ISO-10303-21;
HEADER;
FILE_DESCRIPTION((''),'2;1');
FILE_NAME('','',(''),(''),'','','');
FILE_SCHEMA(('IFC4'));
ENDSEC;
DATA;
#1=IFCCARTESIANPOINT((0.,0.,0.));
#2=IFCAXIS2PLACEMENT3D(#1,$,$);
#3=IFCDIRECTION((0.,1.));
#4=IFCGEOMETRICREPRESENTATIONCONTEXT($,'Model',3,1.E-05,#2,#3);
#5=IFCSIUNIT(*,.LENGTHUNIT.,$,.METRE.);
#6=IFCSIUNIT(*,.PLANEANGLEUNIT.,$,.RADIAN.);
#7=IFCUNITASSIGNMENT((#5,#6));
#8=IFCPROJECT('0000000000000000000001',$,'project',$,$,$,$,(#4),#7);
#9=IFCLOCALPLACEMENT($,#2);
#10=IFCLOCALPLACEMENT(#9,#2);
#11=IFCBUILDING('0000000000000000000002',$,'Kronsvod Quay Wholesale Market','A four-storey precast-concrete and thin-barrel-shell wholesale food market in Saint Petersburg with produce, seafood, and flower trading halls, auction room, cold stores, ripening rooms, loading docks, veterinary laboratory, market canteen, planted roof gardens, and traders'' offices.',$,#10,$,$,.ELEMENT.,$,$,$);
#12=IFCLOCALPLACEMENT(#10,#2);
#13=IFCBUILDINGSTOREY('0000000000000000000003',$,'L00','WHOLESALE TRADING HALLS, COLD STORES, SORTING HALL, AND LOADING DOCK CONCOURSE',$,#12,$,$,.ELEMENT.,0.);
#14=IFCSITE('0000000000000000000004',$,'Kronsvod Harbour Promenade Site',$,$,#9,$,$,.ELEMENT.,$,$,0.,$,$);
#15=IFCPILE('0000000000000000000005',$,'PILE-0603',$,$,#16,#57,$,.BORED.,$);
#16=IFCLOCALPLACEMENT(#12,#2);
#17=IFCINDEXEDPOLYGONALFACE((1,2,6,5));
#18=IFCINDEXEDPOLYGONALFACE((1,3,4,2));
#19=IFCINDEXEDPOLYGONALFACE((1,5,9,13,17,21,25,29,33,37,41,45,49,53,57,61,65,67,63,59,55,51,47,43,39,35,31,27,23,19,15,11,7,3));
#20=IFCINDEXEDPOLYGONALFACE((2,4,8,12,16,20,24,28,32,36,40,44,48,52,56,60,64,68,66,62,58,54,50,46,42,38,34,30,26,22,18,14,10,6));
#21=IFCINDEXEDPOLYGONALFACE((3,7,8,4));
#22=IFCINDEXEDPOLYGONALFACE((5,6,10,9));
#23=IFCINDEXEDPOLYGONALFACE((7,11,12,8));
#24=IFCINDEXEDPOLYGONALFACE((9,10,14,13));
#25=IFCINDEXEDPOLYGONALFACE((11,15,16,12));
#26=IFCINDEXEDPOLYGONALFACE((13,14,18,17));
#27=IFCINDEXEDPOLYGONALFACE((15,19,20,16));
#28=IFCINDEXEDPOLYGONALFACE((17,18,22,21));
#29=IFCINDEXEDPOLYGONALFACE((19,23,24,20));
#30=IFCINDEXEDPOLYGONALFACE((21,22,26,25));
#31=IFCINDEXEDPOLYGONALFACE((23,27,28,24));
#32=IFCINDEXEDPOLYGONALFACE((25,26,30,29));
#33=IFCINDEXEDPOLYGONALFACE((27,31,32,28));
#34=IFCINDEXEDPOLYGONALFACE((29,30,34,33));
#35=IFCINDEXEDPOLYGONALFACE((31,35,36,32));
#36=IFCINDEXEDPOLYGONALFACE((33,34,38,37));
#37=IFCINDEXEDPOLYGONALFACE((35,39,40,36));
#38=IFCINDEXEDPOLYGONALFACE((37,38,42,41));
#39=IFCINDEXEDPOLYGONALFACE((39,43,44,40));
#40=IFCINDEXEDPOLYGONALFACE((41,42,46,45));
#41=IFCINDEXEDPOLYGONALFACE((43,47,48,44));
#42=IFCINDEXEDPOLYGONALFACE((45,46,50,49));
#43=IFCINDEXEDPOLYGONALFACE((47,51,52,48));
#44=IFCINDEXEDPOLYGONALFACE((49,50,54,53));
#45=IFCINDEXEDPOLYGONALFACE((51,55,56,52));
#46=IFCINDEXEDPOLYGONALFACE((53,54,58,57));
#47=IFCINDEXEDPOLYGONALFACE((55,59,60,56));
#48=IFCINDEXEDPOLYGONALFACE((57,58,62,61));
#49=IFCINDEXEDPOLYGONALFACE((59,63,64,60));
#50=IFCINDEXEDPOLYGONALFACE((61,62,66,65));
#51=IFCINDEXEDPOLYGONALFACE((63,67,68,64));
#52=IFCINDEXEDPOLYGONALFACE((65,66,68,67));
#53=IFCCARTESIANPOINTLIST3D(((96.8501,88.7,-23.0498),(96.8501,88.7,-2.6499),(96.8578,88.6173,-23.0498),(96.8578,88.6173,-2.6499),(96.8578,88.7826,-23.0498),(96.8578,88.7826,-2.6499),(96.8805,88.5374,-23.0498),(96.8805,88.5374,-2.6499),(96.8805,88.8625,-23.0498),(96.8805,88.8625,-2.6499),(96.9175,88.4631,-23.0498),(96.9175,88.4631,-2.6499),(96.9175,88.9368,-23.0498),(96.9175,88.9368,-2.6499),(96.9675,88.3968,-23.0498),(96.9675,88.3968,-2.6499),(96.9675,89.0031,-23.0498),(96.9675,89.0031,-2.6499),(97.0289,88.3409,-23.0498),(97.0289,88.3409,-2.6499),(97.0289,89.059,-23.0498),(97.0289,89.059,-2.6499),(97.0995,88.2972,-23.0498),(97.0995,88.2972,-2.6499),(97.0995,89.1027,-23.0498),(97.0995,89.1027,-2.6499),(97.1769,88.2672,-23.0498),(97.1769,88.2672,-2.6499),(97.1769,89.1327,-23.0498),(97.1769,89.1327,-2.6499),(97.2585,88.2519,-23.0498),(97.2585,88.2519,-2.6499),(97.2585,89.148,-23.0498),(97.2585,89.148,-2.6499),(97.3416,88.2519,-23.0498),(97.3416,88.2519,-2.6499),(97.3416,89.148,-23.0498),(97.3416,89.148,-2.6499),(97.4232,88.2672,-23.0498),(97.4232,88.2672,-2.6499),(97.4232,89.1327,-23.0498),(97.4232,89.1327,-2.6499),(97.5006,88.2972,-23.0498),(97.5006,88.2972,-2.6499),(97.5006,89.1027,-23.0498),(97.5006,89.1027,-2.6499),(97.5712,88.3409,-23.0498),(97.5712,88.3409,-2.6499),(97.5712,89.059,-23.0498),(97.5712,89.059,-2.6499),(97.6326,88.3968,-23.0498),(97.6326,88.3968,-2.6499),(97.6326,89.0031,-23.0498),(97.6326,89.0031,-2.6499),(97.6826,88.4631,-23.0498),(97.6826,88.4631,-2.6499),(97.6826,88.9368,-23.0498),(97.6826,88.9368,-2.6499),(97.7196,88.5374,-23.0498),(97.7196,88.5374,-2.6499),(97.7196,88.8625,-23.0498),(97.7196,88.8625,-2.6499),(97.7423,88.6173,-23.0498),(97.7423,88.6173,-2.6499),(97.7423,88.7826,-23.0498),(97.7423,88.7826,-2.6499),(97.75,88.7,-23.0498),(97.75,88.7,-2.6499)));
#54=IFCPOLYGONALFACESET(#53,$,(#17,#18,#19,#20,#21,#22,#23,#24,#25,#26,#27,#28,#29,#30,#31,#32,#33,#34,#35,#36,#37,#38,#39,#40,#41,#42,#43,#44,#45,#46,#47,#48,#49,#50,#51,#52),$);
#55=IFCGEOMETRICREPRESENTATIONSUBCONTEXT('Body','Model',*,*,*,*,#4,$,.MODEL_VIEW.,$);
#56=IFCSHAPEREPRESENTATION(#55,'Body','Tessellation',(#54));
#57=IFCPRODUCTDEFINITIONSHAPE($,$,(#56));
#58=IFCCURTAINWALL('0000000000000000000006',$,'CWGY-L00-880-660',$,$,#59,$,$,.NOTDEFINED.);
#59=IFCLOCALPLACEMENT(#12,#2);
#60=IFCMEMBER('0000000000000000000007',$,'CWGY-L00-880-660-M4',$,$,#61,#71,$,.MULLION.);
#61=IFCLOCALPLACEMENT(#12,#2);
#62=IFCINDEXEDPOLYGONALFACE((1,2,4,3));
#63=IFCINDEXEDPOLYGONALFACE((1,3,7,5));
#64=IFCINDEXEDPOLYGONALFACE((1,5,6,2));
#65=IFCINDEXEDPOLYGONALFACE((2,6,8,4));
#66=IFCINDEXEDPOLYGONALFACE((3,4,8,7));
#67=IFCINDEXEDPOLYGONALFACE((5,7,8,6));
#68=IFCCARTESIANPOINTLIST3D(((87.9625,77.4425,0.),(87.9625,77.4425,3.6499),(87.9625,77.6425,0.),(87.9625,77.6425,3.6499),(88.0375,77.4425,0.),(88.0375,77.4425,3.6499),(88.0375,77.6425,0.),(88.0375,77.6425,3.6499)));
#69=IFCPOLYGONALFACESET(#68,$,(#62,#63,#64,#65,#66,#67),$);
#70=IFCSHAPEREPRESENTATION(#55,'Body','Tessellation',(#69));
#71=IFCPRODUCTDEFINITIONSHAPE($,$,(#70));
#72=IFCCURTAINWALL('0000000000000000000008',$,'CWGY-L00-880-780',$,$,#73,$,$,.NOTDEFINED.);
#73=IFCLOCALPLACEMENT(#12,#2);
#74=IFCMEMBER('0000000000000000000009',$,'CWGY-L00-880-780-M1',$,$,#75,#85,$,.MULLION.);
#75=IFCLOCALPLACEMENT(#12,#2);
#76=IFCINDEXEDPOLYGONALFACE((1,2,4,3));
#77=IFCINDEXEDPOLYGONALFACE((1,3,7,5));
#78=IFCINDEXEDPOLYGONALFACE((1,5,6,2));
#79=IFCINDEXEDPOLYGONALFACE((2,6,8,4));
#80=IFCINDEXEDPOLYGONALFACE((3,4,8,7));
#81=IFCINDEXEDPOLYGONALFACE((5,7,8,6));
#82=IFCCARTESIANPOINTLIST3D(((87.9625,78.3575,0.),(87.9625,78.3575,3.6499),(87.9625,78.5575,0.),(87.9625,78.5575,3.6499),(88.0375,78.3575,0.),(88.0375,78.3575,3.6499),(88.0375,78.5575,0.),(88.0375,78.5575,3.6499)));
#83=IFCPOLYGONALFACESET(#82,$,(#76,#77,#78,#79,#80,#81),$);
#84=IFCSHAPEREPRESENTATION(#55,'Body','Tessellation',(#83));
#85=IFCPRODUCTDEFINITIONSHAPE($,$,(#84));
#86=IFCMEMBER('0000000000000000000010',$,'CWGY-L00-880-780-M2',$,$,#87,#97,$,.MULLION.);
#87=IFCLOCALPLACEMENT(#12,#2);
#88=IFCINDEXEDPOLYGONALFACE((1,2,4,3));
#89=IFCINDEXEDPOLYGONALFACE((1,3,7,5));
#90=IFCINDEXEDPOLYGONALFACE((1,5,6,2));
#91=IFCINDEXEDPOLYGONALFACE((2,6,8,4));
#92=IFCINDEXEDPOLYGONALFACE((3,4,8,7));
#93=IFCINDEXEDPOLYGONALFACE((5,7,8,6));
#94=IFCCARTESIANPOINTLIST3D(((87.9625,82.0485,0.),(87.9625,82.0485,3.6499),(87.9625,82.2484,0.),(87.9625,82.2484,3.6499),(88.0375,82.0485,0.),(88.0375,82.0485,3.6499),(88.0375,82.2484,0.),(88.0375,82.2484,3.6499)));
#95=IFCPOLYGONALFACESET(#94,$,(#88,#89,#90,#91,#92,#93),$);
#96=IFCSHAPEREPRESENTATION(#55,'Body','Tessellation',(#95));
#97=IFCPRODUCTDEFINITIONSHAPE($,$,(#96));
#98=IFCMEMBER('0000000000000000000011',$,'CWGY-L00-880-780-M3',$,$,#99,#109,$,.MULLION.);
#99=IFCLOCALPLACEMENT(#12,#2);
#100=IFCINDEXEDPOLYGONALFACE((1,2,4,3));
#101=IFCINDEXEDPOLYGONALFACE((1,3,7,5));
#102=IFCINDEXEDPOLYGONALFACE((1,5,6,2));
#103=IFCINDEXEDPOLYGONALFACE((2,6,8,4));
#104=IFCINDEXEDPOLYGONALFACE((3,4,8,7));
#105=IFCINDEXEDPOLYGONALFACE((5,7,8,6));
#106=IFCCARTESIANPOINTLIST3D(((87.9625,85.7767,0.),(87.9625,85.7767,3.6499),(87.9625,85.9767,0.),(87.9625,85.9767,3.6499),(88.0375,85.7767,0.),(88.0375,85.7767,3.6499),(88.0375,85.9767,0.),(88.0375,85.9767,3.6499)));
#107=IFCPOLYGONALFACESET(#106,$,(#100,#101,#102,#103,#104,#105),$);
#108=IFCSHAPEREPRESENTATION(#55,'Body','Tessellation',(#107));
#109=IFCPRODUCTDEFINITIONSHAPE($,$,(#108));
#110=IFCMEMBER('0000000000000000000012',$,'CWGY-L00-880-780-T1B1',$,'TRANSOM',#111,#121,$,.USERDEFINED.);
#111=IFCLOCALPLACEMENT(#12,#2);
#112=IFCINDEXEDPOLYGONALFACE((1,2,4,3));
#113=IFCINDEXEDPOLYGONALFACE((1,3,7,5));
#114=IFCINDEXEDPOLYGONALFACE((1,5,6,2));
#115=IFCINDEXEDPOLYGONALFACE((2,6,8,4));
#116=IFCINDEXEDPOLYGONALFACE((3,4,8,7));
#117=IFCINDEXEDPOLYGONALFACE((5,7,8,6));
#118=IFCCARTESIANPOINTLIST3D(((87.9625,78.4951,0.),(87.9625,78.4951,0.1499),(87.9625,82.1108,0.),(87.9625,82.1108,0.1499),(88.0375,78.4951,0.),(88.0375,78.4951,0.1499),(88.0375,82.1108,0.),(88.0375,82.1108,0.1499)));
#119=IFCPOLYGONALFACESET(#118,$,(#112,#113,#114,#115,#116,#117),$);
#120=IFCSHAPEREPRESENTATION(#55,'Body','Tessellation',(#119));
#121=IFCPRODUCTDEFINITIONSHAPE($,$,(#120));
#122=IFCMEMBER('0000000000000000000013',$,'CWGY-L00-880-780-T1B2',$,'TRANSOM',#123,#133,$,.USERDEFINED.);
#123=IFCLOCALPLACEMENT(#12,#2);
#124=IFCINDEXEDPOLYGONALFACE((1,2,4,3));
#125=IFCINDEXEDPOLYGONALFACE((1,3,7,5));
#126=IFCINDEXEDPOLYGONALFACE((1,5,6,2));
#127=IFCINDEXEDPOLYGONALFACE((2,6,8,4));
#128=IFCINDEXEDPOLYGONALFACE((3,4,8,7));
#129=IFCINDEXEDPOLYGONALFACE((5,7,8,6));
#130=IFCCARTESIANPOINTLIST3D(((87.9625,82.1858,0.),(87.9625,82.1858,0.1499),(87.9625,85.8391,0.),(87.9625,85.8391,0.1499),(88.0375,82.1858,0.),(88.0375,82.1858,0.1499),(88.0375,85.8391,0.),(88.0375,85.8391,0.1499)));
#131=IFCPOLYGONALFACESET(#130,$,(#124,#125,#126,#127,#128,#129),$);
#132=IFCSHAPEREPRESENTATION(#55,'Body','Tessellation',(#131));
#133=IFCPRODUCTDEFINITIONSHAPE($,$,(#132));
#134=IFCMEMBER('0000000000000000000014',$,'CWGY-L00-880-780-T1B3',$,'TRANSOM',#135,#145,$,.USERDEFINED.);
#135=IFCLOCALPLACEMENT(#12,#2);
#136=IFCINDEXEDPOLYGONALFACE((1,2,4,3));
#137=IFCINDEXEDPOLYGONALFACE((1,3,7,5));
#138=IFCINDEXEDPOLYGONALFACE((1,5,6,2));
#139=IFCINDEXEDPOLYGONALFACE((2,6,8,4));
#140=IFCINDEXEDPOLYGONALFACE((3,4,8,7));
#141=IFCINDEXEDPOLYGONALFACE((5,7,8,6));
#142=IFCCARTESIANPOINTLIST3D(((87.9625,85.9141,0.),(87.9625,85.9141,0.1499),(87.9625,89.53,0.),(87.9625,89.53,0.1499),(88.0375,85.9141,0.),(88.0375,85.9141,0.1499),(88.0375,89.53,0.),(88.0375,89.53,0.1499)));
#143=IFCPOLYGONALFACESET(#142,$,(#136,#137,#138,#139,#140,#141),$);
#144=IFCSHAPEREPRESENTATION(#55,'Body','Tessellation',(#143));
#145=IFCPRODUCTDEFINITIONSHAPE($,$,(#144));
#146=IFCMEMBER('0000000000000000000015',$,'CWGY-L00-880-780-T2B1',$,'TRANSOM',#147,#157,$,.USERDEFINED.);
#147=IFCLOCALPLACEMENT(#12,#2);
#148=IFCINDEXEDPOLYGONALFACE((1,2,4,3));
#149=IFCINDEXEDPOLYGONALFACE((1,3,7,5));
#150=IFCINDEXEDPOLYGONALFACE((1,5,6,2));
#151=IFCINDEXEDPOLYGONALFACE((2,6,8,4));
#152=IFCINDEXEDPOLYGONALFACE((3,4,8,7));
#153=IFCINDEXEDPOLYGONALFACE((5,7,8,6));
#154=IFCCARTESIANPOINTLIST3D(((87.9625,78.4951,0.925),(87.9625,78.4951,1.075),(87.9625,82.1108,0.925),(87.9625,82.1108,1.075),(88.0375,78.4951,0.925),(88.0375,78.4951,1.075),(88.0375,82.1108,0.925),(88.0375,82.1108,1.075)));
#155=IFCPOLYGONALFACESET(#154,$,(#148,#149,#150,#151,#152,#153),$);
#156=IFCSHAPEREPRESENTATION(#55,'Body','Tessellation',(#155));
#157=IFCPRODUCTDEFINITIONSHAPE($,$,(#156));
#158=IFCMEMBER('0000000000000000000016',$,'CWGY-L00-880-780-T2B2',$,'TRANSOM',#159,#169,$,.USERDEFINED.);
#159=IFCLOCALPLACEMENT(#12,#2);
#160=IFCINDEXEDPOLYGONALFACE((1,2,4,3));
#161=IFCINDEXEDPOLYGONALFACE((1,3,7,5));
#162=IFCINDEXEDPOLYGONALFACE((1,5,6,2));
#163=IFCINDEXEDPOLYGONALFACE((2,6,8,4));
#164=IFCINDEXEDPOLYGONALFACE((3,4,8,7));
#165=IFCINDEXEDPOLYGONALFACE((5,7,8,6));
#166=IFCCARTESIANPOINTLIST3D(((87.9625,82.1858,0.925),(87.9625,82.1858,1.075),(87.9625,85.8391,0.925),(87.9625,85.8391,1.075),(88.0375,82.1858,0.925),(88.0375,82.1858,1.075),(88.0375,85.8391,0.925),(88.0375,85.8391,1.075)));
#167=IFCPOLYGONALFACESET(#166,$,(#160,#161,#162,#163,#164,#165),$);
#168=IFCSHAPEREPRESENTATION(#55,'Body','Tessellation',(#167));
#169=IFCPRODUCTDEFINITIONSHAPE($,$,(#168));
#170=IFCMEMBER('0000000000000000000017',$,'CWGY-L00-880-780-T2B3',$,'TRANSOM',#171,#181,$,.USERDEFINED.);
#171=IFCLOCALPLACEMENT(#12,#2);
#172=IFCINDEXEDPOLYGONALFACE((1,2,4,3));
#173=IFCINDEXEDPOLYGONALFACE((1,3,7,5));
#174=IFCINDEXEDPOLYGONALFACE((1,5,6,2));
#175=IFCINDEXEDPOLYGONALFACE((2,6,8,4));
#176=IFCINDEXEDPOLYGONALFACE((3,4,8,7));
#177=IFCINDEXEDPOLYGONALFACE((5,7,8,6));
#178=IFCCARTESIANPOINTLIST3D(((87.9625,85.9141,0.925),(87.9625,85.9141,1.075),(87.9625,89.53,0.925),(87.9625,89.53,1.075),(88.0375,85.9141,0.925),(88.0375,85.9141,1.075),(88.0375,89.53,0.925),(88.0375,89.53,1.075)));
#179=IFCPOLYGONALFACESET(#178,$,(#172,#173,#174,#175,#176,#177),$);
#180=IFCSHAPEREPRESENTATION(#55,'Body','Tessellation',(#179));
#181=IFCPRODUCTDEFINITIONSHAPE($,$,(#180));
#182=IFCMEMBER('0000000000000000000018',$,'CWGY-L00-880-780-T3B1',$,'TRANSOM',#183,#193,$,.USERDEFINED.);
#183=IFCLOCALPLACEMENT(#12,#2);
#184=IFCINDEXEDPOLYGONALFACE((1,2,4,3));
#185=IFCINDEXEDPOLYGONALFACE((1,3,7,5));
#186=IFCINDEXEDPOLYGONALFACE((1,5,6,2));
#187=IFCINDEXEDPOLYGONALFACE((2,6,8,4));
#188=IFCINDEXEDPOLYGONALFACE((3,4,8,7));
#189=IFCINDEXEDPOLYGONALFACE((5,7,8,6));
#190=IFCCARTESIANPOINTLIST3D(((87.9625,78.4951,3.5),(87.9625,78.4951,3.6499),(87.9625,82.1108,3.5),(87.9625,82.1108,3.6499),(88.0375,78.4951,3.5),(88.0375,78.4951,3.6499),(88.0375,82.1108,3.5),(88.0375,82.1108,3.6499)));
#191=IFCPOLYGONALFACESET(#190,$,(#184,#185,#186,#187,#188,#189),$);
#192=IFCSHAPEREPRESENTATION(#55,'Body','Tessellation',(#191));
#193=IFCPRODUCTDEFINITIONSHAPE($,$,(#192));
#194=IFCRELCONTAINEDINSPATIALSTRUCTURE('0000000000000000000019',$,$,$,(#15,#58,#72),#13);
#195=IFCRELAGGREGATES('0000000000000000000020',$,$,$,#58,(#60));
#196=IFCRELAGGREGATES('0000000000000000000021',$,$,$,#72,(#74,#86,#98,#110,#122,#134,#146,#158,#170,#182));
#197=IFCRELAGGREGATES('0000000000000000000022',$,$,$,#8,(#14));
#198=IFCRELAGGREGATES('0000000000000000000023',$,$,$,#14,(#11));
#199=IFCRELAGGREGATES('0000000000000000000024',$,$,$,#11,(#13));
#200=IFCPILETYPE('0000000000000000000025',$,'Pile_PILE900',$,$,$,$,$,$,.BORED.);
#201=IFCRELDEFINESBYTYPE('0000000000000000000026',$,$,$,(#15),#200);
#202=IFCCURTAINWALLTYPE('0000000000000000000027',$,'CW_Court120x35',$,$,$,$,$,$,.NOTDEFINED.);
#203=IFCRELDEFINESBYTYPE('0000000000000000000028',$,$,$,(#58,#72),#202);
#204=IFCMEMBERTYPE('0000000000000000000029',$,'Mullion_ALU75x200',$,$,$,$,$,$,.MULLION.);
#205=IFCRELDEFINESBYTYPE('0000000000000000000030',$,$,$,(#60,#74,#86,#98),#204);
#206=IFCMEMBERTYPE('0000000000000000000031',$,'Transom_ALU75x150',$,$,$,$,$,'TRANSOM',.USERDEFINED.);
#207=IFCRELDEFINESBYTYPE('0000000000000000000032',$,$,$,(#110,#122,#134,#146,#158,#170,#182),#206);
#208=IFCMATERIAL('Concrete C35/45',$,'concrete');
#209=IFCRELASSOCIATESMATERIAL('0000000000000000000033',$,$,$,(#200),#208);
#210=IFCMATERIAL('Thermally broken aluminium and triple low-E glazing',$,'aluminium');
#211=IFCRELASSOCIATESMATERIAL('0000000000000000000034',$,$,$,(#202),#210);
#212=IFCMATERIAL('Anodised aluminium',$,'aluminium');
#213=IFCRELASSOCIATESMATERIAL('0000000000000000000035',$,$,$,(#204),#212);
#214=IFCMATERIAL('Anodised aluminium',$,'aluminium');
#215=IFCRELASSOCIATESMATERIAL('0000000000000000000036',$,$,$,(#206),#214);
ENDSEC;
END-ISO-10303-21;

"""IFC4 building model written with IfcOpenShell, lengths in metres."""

from ifc_helpers import new_model, si_unit, direction, frame, origin, origin_2d, place, context, subcontext, project, spatial, rectangle, circle, extrude, material, material_profile, profile_set, type_object, element, aggregate, save


model = new_model("IFC4")

# Units and contexts
model_context = context("Model", 3, precision=1e-05, world=origin(), true_north=direction((0.0, 1.0)))
body_context = subcontext(model_context, "Body", "Model", "MODEL_VIEW")
ifc_project = project(units=[si_unit("LENGTHUNIT", "METRE"), si_unit("PLANEANGLEUNIT", "RADIAN")], contexts=[model_context])

# Site, building, storey
site_placement = place(None, origin())
site = spatial("IfcSite", under=ifc_project, at=site_placement, Name="Kronsvod Harbour Promenade Site", CompositionType="ELEMENT", RefElevation=0.0)
building_placement = place(site_placement, origin())
building = spatial("IfcBuilding", under=site, at=building_placement, Name="Kronsvod Quay Wholesale Market", Description="A four-storey precast-concrete and thin-barrel-shell wholesale food market in Saint Petersburg with produce, seafood, and flower trading halls, auction room, cold stores, ripening rooms, loading docks, veterinary laboratory, market canteen, planted roof gardens, and traders' offices.", CompositionType="ELEMENT")
storey_placement = place(building_placement, origin())
storey = spatial("IfcBuildingStorey", under=building, at=storey_placement, Name="L00", Description="WHOLESALE TRADING HALLS, COLD STORES, SORTING HALL, AND LOADING DOCK CONCOURSE", CompositionType="ELEMENT", Elevation=0.0)

# Pile
ifc_material_1 = material(Name="Concrete C35/45", Category="concrete")
ifc_material_profile_1 = material_profile(ifc_material_1, circle(Radius=0.45, at=origin_2d()), Name="PILE900")
ifc_profile_set_1 = profile_set([ifc_material_profile_1], Name="Concrete C35/45")
pile_type_1 = type_object("IfcPileType", Name="Pile_PILE900", PredefinedType="BORED", material=ifc_profile_set_1)
for number, where, z_axis, x_axis, name in (
    (1, (97.3, 88.7, -2.6499), (0.0, 0.0, -1.0), (1.0, 0.0, 0.0), "PILE-0603"),
):
    element("IfcPile", number, at=place(storey_placement, frame(where, z_axis=z_axis, x_axis=x_axis)), inside=storey, type_object=pile_type_1, Name=name, PredefinedType="BORED", context=body_context, shape_type="SweptSolid", body=[
        extrude(circle(Radius=0.45, at=origin_2d()), origin(), (0.0, 0.0, 1.0), 20.3999),
    ])

# Curtain wall, member
ifc_material_2 = material(Name="Thermally broken aluminium and triple low-E glazing", Category="aluminium")
curtain_wall_type = type_object("IfcCurtainWallType", Name="CW_Court120x35", PredefinedType="NOTDEFINED", material=ifc_material_2)
curtain_wall_1_placement = place(storey_placement, origin())
curtain_wall_1 = element("IfcCurtainWall", 2, at=curtain_wall_1_placement, inside=storey, type_object=curtain_wall_type, Name="CWGY-L00-880-660", PredefinedType="NOTDEFINED")
ifc_material_3 = material(Name="Anodised aluminium", Category="aluminium")
ifc_material_profile_2 = material_profile(ifc_material_3, rectangle(XDim=0.075, YDim=0.2, at=origin_2d()), Name="ALUM75x200")
ifc_profile_set_2 = profile_set([ifc_material_profile_2], Name="Anodised aluminium")
member_type_1 = type_object("IfcMemberType", Name="Mullion_ALU75x200", PredefinedType="MULLION", material=ifc_profile_set_2)
member_1_placement = place(storey_placement, frame((88.0, 77.5425, 0.0), z_axis=(0.0, 0.0, 1.0), x_axis=(1.0, 0.0, 0.0)))
member_1 = element("IfcMember", 3, at=member_1_placement, type_object=member_type_1, Name="CWGY-L00-880-660-M4", PredefinedType="MULLION", context=body_context, shape_type="SweptSolid", body=[
    extrude(rectangle(XDim=0.075, YDim=0.2, at=origin_2d()), origin(), (0.0, 0.0, 1.0), 3.6499),
])
aggregate(curtain_wall_1, [member_1])

# Curtain wall, members
curtain_wall_2_placement = place(storey_placement, origin())
curtain_wall_2 = element("IfcCurtainWall", 4, at=curtain_wall_2_placement, inside=storey, type_object=curtain_wall_type, Name="CWGY-L00-880-780", PredefinedType="NOTDEFINED")
member_2_placement = place(storey_placement, frame((88.0, 78.4575, 0.0), z_axis=(0.0, 0.0, 1.0), x_axis=(1.0, 0.0, 0.0)))
member_2 = element("IfcMember", 5, at=member_2_placement, type_object=member_type_1, Name="CWGY-L00-880-780-M1", PredefinedType="MULLION", context=body_context, shape_type="SweptSolid", body=[
    extrude(rectangle(XDim=0.075, YDim=0.2, at=origin_2d()), origin(), (0.0, 0.0, 1.0), 3.6499),
])
member_3_placement = place(storey_placement, frame((88.0, 82.1484, 0.0), z_axis=(0.0, 0.0, 1.0), x_axis=(1.0, 0.0, 0.0)))
member_3 = element("IfcMember", 6, at=member_3_placement, type_object=member_type_1, Name="CWGY-L00-880-780-M2", PredefinedType="MULLION", context=body_context, shape_type="SweptSolid", body=[
    extrude(rectangle(XDim=0.075, YDim=0.2, at=origin_2d()), origin(), (0.0, 0.0, 1.0), 3.6499),
])
member_4_placement = place(storey_placement, frame((88.0, 85.8767, 0.0), z_axis=(0.0, 0.0, 1.0), x_axis=(1.0, 0.0, 0.0)))
member_4 = element("IfcMember", 7, at=member_4_placement, type_object=member_type_1, Name="CWGY-L00-880-780-M3", PredefinedType="MULLION", context=body_context, shape_type="SweptSolid", body=[
    extrude(rectangle(XDim=0.075, YDim=0.2, at=origin_2d()), origin(), (0.0, 0.0, 1.0), 3.6499),
])
ifc_material_4 = material(Name="Anodised aluminium", Category="aluminium")
ifc_material_profile_3 = material_profile(ifc_material_4, rectangle(XDim=0.075, YDim=0.1499, at=origin_2d()), Name="ALUT75x150")
ifc_profile_set_3 = profile_set([ifc_material_profile_3], Name="Anodised aluminium")
member_type_2 = type_object("IfcMemberType", Name="Transom_ALU75x150", ElementType="TRANSOM", PredefinedType="USERDEFINED", material=ifc_profile_set_3)
member_5_placement = place(storey_placement, frame((88.0, 78.4951, 0.075), z_axis=(0.0, 1.0, 0.0), x_axis=(-1.0, 0.0, 0.0)))
member_5 = element("IfcMember", 8, at=member_5_placement, type_object=member_type_2, Name="CWGY-L00-880-780-T1B1", ObjectType="TRANSOM", PredefinedType="USERDEFINED", context=body_context, shape_type="SweptSolid", body=[
    extrude(rectangle(XDim=0.075, YDim=0.1499, at=origin_2d()), origin(), (0.0, 0.0, 1.0), 3.6157),
])
member_6_placement = place(storey_placement, frame((88.0, 82.1858, 0.075), z_axis=(0.0, 1.0, 0.0), x_axis=(-1.0, 0.0, 0.0)))
member_6 = element("IfcMember", 9, at=member_6_placement, type_object=member_type_2, Name="CWGY-L00-880-780-T1B2", ObjectType="TRANSOM", PredefinedType="USERDEFINED", context=body_context, shape_type="SweptSolid", body=[
    extrude(rectangle(XDim=0.075, YDim=0.1499, at=origin_2d()), origin(), (0.0, 0.0, 1.0), 3.6533),
])
member_7_placement = place(storey_placement, frame((88.0, 85.9141, 0.075), z_axis=(0.0, 1.0, 0.0), x_axis=(-1.0, 0.0, 0.0)))
member_7 = element("IfcMember", 10, at=member_7_placement, type_object=member_type_2, Name="CWGY-L00-880-780-T1B3", ObjectType="TRANSOM", PredefinedType="USERDEFINED", context=body_context, shape_type="SweptSolid", body=[
    extrude(rectangle(XDim=0.075, YDim=0.1499, at=origin_2d()), origin(), (0.0, 0.0, 1.0), 3.616),
])
member_8_placement = place(storey_placement, frame((88.0, 78.4951, 1.0), z_axis=(0.0, 1.0, 0.0), x_axis=(-1.0, 0.0, 0.0)))
member_8 = element("IfcMember", 11, at=member_8_placement, type_object=member_type_2, Name="CWGY-L00-880-780-T2B1", ObjectType="TRANSOM", PredefinedType="USERDEFINED", context=body_context, shape_type="SweptSolid", body=[
    extrude(rectangle(XDim=0.075, YDim=0.1499, at=origin_2d()), origin(), (0.0, 0.0, 1.0), 3.6157),
])
member_9_placement = place(storey_placement, frame((88.0, 82.1858, 1.0), z_axis=(0.0, 1.0, 0.0), x_axis=(-1.0, 0.0, 0.0)))
member_9 = element("IfcMember", 12, at=member_9_placement, type_object=member_type_2, Name="CWGY-L00-880-780-T2B2", ObjectType="TRANSOM", PredefinedType="USERDEFINED", context=body_context, shape_type="SweptSolid", body=[
    extrude(rectangle(XDim=0.075, YDim=0.1499, at=origin_2d()), origin(), (0.0, 0.0, 1.0), 3.6533),
])
member_10_placement = place(storey_placement, frame((88.0, 85.9141, 1.0), z_axis=(0.0, 1.0, 0.0), x_axis=(-1.0, 0.0, 0.0)))
member_10 = element("IfcMember", 13, at=member_10_placement, type_object=member_type_2, Name="CWGY-L00-880-780-T2B3", ObjectType="TRANSOM", PredefinedType="USERDEFINED", context=body_context, shape_type="SweptSolid", body=[
    extrude(rectangle(XDim=0.075, YDim=0.1499, at=origin_2d()), origin(), (0.0, 0.0, 1.0), 3.616),
])
member_11_placement = place(storey_placement, frame((88.0, 78.4951, 3.575), z_axis=(0.0, 1.0, 0.0), x_axis=(-1.0, 0.0, 0.0)))
member_11 = element("IfcMember", 14, at=member_11_placement, type_object=member_type_2, Name="CWGY-L00-880-780-T3B1", ObjectType="TRANSOM", PredefinedType="USERDEFINED", context=body_context, shape_type="SweptSolid", body=[
    extrude(rectangle(XDim=0.075, YDim=0.1499, at=origin_2d()), origin(), (0.0, 0.0, 1.0), 3.6157),
])
aggregate(curtain_wall_2, [member_2, member_3, member_4, member_5, member_6, member_7, member_8, member_9, member_10, member_11])

save(model, "model.ifc")
